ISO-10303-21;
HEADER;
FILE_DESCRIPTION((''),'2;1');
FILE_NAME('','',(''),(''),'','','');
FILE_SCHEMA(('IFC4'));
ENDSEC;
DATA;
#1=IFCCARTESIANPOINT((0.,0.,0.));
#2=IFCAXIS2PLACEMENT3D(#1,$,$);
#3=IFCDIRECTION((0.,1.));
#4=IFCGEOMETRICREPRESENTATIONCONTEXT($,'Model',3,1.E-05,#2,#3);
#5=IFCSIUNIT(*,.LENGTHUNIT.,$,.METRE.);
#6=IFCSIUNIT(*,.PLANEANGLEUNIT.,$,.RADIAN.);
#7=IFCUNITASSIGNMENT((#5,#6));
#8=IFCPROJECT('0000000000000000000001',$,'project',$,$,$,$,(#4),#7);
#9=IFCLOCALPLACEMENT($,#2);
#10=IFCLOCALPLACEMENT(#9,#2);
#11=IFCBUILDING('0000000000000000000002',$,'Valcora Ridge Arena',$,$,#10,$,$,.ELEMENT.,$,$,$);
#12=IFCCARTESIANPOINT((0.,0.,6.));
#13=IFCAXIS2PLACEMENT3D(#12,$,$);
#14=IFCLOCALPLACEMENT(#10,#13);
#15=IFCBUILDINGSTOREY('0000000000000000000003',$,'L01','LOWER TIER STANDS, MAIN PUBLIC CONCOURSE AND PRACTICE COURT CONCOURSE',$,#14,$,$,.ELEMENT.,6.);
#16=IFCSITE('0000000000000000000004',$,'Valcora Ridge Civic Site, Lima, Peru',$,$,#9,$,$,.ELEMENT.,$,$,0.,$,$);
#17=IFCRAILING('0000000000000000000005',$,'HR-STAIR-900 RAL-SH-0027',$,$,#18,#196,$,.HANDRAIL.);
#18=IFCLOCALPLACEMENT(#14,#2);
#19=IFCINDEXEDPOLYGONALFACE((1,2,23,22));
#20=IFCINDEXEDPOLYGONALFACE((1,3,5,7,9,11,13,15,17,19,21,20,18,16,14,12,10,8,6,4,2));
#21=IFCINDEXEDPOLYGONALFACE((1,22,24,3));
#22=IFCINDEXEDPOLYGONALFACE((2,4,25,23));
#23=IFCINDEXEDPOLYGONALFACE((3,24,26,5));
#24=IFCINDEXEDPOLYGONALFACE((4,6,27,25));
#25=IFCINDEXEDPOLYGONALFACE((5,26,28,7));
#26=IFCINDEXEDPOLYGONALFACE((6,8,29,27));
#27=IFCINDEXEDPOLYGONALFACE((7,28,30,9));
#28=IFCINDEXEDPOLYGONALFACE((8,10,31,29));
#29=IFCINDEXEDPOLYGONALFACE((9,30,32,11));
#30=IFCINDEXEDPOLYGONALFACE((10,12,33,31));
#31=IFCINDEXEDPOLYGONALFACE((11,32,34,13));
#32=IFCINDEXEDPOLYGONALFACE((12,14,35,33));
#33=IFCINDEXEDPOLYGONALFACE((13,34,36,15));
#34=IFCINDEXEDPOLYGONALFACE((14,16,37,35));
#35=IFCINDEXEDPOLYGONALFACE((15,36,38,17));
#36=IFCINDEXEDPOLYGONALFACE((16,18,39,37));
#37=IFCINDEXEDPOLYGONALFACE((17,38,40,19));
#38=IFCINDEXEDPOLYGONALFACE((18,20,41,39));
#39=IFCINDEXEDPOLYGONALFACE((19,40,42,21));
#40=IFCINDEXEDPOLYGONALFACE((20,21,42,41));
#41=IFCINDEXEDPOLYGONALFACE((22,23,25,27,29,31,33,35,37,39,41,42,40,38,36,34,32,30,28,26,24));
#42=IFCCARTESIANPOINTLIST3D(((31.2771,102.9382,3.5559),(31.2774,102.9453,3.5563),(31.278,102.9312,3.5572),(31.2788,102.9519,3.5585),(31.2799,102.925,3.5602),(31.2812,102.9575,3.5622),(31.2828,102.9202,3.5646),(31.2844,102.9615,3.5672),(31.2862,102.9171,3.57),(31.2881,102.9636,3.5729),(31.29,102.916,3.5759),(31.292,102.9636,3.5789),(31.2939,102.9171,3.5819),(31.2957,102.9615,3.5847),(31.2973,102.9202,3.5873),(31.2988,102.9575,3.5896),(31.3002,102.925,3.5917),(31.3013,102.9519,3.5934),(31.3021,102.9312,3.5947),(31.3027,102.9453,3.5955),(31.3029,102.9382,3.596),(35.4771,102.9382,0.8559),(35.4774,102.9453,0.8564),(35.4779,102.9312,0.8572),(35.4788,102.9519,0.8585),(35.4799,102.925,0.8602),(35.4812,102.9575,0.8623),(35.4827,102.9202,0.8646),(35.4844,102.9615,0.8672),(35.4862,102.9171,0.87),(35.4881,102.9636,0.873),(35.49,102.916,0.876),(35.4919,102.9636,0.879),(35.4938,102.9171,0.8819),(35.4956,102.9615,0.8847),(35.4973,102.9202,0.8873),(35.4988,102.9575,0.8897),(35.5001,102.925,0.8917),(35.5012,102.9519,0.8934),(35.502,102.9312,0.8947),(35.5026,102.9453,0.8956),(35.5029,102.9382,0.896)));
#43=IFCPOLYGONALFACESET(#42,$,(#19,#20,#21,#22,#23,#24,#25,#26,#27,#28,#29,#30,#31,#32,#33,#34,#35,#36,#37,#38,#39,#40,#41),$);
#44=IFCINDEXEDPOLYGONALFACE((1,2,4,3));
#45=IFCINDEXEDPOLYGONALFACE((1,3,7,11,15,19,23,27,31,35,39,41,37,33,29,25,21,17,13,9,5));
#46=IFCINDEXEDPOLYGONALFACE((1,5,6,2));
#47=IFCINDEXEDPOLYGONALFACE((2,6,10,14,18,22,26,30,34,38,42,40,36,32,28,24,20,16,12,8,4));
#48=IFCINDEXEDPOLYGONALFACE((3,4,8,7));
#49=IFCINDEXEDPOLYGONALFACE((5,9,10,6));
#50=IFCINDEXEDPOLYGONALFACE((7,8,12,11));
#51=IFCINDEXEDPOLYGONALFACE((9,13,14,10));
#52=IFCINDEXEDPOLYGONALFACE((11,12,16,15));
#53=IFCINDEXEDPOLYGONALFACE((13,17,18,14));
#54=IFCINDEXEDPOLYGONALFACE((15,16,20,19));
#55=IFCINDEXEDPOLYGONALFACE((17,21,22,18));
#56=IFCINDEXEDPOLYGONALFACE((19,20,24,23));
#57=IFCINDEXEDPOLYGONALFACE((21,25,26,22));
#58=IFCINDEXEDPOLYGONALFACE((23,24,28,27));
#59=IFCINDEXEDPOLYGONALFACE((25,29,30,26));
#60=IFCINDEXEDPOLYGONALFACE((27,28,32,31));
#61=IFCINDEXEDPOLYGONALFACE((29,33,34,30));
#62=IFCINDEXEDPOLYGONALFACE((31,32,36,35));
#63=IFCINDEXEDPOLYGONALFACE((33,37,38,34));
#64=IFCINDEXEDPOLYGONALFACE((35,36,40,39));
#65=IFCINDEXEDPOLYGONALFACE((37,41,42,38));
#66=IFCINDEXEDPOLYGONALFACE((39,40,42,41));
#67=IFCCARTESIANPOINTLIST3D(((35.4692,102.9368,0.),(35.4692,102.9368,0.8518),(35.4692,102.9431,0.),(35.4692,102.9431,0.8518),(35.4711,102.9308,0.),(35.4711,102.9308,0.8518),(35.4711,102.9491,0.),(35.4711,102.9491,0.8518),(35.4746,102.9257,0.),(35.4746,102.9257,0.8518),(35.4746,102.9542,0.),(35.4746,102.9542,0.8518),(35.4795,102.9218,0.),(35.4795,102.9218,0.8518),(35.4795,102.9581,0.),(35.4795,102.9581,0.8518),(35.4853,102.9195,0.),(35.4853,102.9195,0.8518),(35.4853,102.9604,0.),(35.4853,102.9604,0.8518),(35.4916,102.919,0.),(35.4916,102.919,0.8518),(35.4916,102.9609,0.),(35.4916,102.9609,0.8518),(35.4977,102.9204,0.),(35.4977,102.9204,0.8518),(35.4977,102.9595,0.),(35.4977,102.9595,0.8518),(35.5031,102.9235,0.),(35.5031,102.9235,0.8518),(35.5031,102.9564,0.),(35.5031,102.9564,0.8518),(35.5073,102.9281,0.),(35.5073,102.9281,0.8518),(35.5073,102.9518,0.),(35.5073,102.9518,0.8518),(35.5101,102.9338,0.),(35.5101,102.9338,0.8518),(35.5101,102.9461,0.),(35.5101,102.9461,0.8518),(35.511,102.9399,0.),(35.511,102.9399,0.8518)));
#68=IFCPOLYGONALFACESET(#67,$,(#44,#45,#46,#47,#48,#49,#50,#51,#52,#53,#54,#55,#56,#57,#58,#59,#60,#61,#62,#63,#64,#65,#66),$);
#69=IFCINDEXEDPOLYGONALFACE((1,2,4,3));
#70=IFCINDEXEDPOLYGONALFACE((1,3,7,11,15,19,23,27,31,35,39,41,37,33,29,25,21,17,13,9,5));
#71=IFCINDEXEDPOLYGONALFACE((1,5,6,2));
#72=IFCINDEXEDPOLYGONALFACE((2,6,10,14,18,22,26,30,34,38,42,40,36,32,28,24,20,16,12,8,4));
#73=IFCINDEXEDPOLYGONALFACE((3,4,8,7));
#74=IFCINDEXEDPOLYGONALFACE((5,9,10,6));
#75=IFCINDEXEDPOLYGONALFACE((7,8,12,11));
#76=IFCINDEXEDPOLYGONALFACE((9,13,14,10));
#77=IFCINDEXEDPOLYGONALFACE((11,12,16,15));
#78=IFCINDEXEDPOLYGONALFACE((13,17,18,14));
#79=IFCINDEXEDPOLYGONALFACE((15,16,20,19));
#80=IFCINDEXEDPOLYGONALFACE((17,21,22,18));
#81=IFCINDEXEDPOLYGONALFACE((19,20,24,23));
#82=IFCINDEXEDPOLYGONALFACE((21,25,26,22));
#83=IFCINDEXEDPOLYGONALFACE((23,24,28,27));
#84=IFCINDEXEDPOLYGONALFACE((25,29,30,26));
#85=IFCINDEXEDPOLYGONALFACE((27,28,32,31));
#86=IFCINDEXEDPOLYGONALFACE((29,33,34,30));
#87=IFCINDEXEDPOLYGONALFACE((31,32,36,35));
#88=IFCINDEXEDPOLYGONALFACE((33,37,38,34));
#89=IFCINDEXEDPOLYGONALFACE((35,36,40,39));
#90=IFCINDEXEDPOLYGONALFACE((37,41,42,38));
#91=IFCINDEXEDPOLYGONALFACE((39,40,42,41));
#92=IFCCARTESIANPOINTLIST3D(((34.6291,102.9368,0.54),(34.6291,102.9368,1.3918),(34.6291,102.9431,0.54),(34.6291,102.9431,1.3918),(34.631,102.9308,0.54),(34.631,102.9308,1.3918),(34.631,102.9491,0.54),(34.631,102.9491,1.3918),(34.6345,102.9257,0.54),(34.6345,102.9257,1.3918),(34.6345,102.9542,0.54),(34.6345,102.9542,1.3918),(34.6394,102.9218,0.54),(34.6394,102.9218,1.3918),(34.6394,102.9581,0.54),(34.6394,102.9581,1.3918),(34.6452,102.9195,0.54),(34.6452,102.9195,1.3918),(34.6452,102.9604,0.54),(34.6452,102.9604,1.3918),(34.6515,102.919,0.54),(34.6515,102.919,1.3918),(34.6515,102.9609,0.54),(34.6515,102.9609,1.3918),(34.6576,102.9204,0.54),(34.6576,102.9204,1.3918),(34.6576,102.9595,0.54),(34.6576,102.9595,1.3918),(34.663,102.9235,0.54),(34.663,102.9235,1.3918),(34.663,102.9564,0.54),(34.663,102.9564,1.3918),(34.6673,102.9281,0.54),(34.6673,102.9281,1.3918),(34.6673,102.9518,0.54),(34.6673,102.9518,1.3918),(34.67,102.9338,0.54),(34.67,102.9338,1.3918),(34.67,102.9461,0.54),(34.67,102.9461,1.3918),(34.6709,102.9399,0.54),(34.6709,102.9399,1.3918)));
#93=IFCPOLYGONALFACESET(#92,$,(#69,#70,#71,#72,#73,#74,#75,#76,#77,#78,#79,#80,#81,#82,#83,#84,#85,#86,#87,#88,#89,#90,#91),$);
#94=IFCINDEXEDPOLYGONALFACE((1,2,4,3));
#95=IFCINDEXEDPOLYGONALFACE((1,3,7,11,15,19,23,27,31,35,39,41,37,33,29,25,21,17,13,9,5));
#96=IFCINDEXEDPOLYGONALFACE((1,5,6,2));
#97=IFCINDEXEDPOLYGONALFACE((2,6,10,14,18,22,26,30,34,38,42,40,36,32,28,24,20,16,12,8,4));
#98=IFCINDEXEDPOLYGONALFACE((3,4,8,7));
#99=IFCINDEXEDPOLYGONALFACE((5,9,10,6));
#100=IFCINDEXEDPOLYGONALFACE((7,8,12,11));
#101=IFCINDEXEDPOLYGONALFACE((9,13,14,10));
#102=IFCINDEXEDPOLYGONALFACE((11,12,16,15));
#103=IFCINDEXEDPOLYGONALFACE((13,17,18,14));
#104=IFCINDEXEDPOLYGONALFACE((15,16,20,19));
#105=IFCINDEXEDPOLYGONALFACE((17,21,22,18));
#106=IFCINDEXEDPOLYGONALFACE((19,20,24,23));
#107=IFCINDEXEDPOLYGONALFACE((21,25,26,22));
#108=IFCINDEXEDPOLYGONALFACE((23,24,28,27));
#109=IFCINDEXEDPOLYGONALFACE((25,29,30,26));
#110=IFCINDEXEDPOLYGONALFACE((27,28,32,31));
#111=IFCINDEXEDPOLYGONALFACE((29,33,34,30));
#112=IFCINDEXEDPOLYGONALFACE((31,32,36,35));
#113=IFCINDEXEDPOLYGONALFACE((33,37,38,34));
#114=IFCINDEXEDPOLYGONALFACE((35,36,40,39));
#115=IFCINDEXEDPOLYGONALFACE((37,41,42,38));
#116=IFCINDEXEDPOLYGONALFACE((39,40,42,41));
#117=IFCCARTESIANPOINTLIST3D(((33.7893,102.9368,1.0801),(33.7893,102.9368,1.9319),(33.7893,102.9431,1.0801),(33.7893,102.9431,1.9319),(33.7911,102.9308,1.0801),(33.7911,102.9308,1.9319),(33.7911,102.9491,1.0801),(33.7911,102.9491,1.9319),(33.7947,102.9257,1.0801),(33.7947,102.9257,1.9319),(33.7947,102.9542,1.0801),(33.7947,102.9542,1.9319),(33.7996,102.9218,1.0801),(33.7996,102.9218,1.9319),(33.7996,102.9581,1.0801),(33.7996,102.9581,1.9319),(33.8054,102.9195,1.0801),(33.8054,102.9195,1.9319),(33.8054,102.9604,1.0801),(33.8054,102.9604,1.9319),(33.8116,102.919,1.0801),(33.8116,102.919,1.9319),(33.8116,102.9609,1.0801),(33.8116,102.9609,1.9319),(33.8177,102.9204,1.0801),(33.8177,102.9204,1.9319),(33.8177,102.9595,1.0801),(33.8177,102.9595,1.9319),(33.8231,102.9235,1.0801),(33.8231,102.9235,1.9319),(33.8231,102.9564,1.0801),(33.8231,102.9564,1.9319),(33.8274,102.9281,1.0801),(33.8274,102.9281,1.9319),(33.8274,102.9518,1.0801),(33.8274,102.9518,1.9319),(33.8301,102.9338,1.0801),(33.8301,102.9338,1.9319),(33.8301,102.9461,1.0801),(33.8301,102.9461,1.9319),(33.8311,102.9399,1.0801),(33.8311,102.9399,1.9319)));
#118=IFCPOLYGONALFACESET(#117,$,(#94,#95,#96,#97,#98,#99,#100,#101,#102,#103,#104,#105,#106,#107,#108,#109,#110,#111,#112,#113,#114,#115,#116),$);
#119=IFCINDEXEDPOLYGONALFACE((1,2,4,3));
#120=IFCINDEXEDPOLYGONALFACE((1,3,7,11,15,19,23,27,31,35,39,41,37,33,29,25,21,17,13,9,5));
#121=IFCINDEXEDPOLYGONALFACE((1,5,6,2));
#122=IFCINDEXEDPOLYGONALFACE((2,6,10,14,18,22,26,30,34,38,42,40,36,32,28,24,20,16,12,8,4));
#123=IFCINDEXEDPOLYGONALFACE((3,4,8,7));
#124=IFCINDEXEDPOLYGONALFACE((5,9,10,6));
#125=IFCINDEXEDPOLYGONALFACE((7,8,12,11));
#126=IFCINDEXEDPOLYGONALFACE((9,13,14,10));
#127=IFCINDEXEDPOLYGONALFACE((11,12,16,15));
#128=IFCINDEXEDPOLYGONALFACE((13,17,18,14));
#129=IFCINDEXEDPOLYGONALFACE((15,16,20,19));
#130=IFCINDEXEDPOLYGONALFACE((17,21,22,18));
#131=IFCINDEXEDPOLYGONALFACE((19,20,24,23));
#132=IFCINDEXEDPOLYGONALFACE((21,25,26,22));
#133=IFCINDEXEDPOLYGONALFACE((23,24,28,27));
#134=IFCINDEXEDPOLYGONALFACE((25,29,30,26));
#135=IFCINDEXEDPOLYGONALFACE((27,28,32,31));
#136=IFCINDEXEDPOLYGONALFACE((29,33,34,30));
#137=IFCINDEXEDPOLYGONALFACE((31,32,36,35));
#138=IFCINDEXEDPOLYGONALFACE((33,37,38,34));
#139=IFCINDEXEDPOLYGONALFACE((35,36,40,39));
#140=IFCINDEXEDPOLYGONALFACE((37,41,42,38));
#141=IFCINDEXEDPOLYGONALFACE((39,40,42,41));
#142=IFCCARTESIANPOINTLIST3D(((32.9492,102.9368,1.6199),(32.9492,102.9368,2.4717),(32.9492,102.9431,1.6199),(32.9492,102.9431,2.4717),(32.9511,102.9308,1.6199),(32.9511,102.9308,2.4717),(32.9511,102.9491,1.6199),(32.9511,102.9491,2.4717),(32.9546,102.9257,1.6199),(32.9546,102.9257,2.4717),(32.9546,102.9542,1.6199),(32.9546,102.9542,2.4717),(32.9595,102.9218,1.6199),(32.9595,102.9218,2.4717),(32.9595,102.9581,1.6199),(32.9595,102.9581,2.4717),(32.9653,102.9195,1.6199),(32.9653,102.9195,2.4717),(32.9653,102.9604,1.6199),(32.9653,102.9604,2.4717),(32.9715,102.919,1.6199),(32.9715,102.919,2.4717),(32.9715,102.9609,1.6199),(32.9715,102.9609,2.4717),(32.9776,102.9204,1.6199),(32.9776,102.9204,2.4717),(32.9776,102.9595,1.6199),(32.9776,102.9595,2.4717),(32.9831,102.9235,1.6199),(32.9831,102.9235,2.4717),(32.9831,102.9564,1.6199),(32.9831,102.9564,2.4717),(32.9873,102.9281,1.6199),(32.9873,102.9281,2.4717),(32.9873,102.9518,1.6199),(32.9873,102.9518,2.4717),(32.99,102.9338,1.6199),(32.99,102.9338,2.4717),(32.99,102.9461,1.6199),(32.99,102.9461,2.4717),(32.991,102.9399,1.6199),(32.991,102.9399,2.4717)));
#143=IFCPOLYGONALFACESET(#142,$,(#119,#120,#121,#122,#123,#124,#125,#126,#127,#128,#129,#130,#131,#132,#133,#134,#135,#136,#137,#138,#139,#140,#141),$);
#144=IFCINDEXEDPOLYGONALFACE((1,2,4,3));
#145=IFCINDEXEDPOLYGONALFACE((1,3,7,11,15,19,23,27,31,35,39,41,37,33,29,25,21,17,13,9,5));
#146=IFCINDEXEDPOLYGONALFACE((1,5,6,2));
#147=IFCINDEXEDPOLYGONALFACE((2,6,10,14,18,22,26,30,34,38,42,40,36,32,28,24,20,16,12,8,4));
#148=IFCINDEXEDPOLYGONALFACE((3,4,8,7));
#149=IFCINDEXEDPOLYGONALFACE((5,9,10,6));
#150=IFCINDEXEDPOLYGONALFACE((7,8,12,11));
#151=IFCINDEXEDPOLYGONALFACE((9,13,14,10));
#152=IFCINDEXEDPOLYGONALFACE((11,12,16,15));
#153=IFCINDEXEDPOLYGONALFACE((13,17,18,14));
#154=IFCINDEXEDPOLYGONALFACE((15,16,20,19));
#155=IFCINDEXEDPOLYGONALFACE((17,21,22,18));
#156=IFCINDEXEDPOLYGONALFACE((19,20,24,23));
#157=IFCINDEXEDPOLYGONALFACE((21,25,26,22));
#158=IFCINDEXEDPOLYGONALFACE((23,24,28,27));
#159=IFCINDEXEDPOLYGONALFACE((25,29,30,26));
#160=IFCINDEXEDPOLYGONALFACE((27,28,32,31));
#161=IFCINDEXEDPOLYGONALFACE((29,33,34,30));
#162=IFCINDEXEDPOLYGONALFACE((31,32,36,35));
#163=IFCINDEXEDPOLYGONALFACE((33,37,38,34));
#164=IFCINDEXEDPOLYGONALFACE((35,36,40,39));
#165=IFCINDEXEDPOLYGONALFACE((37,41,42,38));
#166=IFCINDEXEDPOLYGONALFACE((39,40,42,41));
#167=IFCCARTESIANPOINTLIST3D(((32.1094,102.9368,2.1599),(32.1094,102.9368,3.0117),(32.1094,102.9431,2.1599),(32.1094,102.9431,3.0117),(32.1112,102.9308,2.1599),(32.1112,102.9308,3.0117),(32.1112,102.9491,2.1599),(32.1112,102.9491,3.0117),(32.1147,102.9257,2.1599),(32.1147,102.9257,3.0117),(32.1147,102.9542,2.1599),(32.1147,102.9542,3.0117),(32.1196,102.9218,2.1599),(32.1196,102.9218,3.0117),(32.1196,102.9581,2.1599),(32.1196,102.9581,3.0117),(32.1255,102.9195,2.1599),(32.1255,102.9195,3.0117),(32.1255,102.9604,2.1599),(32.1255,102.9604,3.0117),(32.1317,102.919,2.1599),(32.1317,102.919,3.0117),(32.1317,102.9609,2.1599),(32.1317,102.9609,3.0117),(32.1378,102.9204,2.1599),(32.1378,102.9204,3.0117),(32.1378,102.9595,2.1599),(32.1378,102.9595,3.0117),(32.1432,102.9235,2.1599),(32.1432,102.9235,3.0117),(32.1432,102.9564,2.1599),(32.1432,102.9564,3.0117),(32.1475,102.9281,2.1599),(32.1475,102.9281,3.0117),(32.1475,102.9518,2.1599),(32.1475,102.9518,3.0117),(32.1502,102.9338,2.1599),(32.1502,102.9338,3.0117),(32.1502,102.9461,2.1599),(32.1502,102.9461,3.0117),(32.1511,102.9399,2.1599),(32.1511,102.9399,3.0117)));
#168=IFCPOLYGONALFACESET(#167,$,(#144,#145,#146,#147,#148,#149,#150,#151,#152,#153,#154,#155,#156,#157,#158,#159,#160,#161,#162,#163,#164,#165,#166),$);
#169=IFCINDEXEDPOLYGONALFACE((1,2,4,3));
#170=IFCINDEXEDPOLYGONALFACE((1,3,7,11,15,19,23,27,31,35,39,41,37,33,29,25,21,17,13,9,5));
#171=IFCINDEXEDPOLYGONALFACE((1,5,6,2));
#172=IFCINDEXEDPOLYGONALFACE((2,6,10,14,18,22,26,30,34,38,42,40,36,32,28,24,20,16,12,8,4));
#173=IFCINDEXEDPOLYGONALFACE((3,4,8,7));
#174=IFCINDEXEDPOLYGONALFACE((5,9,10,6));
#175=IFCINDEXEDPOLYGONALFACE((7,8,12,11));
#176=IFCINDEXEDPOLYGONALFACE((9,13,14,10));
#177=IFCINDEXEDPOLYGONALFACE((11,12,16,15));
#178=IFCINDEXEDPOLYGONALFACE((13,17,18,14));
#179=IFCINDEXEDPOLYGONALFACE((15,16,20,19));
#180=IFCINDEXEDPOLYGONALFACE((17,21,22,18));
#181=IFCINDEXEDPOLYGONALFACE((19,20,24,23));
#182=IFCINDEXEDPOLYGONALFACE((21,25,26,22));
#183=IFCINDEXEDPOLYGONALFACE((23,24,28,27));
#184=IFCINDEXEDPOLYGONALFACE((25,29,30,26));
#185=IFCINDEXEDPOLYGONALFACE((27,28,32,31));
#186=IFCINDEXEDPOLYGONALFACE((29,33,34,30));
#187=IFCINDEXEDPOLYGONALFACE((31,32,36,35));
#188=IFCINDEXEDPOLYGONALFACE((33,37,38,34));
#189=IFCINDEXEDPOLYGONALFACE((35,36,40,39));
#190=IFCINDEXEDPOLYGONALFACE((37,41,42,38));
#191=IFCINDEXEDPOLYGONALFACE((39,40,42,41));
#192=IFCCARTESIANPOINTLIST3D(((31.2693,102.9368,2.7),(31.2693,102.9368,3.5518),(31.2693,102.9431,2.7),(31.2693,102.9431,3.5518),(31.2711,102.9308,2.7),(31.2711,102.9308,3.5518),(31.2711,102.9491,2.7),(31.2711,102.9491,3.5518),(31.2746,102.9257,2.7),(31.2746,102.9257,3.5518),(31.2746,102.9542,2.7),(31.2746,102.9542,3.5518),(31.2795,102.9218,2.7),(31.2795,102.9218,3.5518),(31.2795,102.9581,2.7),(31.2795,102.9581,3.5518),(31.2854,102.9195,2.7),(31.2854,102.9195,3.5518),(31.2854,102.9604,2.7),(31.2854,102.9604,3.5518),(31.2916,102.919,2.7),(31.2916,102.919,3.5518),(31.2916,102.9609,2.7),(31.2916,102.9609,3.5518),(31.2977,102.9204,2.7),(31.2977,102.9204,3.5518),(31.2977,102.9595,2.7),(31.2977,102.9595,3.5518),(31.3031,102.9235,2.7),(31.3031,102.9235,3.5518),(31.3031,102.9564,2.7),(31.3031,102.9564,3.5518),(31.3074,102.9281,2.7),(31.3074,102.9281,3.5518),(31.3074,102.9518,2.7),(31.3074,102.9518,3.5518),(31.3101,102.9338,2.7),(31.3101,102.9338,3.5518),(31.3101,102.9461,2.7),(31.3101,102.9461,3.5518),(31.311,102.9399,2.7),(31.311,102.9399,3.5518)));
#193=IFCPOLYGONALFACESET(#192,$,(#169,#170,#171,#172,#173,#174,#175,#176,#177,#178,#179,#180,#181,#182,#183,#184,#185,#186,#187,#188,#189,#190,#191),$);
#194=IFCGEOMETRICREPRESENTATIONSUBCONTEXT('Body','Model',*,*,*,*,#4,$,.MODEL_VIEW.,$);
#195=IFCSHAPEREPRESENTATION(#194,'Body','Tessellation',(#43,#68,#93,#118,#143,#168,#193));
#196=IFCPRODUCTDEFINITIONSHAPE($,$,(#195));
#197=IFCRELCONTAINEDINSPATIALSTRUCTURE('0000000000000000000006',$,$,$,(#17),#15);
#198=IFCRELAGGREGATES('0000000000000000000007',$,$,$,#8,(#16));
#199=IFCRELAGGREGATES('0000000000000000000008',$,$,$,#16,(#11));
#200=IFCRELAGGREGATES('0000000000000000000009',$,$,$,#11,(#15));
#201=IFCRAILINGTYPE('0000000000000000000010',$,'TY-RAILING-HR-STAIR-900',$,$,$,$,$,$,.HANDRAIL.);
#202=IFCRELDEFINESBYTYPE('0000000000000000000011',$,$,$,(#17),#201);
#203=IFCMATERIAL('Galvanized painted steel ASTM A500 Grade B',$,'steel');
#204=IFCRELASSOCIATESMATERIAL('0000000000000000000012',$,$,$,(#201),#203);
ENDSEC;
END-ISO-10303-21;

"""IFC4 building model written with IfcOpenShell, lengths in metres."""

from ifc_helpers import new_model, si_unit, direction, frame, origin, origin_2d, place, context, subcontext, project, spatial, circle, extrude, material, type_object, element, save


model = new_model("IFC4")

# Units and contexts
model_context = context("Model", 3, precision=1e-05, world=origin(), true_north=direction((0.0, 1.0)))
body_context = subcontext(model_context, "Body", "Model", "MODEL_VIEW")
ifc_project = project(units=[si_unit("LENGTHUNIT", "METRE"), si_unit("PLANEANGLEUNIT", "RADIAN")], contexts=[model_context])

# Site, building, storey
site_placement = place(None, origin())
site = spatial("IfcSite", under=ifc_project, at=site_placement, Name="Valcora Ridge Civic Site, Lima, Peru", CompositionType="ELEMENT", RefElevation=0.0)
building_placement = place(site_placement, origin())
building = spatial("IfcBuilding", under=site, at=building_placement, Name="Valcora Ridge Arena", CompositionType="ELEMENT")
storey_placement = place(building_placement, frame((0.0, 0.0, 6.0)))
storey = spatial("IfcBuildingStorey", under=building, at=storey_placement, Name="L01", Description="LOWER TIER STANDS, MAIN PUBLIC CONCOURSE AND PRACTICE COURT CONCOURSE", CompositionType="ELEMENT", Elevation=6.0)

# Railing
ifc_material_1 = material(Name="Galvanized painted steel ASTM A500 Grade B", Category="steel")
railing_type_1 = type_object("IfcRailingType", Name="TY-RAILING-HR-STAIR-900", PredefinedType="HANDRAIL", material=ifc_material_1)
railing_1_placement = place(storey_placement, frame((35.49, 102.9399, 0.0)))
element("IfcRailing", 1, at=railing_1_placement, inside=storey, type_object=railing_type_1, Name="HR-STAIR-900 RAL-SH-0027", PredefinedType="HANDRAIL", context=body_context, shape_type="SweptSolid", body=[
    extrude(circle(Radius=0.0239, at=origin_2d()), frame((0.0, 0.0, 0.876), z_axis=(-0.84118, 0.0, 0.540755), x_axis=(0.0, -1.0, 0.0)), (0.0, 0.0, 1.0), 4.9929),
    extrude(circle(Radius=0.021, at=origin_2d()), origin(), (0.0, 0.0, 1.0), 0.8518),
    extrude(circle(Radius=0.021, at=origin_2d()), frame((-0.8401, 0.0, 0.54)), (0.0, 0.0, 1.0), 0.8518),
    extrude(circle(Radius=0.021, at=origin_2d()), frame((-1.6799, 0.0, 1.0801)), (0.0, 0.0, 1.0), 0.8518),
    extrude(circle(Radius=0.021, at=origin_2d()), frame((-2.52, 0.0, 1.6199)), (0.0, 0.0, 1.0), 0.8518),
    extrude(circle(Radius=0.021, at=origin_2d()), frame((-3.3599, 0.0, 2.1599)), (0.0, 0.0, 1.0), 0.8518),
    extrude(circle(Radius=0.021, at=origin_2d()), frame((-4.2, 0.0, 2.7)), (0.0, 0.0, 1.0), 0.8518),
])

save(model, "model.ifc")
